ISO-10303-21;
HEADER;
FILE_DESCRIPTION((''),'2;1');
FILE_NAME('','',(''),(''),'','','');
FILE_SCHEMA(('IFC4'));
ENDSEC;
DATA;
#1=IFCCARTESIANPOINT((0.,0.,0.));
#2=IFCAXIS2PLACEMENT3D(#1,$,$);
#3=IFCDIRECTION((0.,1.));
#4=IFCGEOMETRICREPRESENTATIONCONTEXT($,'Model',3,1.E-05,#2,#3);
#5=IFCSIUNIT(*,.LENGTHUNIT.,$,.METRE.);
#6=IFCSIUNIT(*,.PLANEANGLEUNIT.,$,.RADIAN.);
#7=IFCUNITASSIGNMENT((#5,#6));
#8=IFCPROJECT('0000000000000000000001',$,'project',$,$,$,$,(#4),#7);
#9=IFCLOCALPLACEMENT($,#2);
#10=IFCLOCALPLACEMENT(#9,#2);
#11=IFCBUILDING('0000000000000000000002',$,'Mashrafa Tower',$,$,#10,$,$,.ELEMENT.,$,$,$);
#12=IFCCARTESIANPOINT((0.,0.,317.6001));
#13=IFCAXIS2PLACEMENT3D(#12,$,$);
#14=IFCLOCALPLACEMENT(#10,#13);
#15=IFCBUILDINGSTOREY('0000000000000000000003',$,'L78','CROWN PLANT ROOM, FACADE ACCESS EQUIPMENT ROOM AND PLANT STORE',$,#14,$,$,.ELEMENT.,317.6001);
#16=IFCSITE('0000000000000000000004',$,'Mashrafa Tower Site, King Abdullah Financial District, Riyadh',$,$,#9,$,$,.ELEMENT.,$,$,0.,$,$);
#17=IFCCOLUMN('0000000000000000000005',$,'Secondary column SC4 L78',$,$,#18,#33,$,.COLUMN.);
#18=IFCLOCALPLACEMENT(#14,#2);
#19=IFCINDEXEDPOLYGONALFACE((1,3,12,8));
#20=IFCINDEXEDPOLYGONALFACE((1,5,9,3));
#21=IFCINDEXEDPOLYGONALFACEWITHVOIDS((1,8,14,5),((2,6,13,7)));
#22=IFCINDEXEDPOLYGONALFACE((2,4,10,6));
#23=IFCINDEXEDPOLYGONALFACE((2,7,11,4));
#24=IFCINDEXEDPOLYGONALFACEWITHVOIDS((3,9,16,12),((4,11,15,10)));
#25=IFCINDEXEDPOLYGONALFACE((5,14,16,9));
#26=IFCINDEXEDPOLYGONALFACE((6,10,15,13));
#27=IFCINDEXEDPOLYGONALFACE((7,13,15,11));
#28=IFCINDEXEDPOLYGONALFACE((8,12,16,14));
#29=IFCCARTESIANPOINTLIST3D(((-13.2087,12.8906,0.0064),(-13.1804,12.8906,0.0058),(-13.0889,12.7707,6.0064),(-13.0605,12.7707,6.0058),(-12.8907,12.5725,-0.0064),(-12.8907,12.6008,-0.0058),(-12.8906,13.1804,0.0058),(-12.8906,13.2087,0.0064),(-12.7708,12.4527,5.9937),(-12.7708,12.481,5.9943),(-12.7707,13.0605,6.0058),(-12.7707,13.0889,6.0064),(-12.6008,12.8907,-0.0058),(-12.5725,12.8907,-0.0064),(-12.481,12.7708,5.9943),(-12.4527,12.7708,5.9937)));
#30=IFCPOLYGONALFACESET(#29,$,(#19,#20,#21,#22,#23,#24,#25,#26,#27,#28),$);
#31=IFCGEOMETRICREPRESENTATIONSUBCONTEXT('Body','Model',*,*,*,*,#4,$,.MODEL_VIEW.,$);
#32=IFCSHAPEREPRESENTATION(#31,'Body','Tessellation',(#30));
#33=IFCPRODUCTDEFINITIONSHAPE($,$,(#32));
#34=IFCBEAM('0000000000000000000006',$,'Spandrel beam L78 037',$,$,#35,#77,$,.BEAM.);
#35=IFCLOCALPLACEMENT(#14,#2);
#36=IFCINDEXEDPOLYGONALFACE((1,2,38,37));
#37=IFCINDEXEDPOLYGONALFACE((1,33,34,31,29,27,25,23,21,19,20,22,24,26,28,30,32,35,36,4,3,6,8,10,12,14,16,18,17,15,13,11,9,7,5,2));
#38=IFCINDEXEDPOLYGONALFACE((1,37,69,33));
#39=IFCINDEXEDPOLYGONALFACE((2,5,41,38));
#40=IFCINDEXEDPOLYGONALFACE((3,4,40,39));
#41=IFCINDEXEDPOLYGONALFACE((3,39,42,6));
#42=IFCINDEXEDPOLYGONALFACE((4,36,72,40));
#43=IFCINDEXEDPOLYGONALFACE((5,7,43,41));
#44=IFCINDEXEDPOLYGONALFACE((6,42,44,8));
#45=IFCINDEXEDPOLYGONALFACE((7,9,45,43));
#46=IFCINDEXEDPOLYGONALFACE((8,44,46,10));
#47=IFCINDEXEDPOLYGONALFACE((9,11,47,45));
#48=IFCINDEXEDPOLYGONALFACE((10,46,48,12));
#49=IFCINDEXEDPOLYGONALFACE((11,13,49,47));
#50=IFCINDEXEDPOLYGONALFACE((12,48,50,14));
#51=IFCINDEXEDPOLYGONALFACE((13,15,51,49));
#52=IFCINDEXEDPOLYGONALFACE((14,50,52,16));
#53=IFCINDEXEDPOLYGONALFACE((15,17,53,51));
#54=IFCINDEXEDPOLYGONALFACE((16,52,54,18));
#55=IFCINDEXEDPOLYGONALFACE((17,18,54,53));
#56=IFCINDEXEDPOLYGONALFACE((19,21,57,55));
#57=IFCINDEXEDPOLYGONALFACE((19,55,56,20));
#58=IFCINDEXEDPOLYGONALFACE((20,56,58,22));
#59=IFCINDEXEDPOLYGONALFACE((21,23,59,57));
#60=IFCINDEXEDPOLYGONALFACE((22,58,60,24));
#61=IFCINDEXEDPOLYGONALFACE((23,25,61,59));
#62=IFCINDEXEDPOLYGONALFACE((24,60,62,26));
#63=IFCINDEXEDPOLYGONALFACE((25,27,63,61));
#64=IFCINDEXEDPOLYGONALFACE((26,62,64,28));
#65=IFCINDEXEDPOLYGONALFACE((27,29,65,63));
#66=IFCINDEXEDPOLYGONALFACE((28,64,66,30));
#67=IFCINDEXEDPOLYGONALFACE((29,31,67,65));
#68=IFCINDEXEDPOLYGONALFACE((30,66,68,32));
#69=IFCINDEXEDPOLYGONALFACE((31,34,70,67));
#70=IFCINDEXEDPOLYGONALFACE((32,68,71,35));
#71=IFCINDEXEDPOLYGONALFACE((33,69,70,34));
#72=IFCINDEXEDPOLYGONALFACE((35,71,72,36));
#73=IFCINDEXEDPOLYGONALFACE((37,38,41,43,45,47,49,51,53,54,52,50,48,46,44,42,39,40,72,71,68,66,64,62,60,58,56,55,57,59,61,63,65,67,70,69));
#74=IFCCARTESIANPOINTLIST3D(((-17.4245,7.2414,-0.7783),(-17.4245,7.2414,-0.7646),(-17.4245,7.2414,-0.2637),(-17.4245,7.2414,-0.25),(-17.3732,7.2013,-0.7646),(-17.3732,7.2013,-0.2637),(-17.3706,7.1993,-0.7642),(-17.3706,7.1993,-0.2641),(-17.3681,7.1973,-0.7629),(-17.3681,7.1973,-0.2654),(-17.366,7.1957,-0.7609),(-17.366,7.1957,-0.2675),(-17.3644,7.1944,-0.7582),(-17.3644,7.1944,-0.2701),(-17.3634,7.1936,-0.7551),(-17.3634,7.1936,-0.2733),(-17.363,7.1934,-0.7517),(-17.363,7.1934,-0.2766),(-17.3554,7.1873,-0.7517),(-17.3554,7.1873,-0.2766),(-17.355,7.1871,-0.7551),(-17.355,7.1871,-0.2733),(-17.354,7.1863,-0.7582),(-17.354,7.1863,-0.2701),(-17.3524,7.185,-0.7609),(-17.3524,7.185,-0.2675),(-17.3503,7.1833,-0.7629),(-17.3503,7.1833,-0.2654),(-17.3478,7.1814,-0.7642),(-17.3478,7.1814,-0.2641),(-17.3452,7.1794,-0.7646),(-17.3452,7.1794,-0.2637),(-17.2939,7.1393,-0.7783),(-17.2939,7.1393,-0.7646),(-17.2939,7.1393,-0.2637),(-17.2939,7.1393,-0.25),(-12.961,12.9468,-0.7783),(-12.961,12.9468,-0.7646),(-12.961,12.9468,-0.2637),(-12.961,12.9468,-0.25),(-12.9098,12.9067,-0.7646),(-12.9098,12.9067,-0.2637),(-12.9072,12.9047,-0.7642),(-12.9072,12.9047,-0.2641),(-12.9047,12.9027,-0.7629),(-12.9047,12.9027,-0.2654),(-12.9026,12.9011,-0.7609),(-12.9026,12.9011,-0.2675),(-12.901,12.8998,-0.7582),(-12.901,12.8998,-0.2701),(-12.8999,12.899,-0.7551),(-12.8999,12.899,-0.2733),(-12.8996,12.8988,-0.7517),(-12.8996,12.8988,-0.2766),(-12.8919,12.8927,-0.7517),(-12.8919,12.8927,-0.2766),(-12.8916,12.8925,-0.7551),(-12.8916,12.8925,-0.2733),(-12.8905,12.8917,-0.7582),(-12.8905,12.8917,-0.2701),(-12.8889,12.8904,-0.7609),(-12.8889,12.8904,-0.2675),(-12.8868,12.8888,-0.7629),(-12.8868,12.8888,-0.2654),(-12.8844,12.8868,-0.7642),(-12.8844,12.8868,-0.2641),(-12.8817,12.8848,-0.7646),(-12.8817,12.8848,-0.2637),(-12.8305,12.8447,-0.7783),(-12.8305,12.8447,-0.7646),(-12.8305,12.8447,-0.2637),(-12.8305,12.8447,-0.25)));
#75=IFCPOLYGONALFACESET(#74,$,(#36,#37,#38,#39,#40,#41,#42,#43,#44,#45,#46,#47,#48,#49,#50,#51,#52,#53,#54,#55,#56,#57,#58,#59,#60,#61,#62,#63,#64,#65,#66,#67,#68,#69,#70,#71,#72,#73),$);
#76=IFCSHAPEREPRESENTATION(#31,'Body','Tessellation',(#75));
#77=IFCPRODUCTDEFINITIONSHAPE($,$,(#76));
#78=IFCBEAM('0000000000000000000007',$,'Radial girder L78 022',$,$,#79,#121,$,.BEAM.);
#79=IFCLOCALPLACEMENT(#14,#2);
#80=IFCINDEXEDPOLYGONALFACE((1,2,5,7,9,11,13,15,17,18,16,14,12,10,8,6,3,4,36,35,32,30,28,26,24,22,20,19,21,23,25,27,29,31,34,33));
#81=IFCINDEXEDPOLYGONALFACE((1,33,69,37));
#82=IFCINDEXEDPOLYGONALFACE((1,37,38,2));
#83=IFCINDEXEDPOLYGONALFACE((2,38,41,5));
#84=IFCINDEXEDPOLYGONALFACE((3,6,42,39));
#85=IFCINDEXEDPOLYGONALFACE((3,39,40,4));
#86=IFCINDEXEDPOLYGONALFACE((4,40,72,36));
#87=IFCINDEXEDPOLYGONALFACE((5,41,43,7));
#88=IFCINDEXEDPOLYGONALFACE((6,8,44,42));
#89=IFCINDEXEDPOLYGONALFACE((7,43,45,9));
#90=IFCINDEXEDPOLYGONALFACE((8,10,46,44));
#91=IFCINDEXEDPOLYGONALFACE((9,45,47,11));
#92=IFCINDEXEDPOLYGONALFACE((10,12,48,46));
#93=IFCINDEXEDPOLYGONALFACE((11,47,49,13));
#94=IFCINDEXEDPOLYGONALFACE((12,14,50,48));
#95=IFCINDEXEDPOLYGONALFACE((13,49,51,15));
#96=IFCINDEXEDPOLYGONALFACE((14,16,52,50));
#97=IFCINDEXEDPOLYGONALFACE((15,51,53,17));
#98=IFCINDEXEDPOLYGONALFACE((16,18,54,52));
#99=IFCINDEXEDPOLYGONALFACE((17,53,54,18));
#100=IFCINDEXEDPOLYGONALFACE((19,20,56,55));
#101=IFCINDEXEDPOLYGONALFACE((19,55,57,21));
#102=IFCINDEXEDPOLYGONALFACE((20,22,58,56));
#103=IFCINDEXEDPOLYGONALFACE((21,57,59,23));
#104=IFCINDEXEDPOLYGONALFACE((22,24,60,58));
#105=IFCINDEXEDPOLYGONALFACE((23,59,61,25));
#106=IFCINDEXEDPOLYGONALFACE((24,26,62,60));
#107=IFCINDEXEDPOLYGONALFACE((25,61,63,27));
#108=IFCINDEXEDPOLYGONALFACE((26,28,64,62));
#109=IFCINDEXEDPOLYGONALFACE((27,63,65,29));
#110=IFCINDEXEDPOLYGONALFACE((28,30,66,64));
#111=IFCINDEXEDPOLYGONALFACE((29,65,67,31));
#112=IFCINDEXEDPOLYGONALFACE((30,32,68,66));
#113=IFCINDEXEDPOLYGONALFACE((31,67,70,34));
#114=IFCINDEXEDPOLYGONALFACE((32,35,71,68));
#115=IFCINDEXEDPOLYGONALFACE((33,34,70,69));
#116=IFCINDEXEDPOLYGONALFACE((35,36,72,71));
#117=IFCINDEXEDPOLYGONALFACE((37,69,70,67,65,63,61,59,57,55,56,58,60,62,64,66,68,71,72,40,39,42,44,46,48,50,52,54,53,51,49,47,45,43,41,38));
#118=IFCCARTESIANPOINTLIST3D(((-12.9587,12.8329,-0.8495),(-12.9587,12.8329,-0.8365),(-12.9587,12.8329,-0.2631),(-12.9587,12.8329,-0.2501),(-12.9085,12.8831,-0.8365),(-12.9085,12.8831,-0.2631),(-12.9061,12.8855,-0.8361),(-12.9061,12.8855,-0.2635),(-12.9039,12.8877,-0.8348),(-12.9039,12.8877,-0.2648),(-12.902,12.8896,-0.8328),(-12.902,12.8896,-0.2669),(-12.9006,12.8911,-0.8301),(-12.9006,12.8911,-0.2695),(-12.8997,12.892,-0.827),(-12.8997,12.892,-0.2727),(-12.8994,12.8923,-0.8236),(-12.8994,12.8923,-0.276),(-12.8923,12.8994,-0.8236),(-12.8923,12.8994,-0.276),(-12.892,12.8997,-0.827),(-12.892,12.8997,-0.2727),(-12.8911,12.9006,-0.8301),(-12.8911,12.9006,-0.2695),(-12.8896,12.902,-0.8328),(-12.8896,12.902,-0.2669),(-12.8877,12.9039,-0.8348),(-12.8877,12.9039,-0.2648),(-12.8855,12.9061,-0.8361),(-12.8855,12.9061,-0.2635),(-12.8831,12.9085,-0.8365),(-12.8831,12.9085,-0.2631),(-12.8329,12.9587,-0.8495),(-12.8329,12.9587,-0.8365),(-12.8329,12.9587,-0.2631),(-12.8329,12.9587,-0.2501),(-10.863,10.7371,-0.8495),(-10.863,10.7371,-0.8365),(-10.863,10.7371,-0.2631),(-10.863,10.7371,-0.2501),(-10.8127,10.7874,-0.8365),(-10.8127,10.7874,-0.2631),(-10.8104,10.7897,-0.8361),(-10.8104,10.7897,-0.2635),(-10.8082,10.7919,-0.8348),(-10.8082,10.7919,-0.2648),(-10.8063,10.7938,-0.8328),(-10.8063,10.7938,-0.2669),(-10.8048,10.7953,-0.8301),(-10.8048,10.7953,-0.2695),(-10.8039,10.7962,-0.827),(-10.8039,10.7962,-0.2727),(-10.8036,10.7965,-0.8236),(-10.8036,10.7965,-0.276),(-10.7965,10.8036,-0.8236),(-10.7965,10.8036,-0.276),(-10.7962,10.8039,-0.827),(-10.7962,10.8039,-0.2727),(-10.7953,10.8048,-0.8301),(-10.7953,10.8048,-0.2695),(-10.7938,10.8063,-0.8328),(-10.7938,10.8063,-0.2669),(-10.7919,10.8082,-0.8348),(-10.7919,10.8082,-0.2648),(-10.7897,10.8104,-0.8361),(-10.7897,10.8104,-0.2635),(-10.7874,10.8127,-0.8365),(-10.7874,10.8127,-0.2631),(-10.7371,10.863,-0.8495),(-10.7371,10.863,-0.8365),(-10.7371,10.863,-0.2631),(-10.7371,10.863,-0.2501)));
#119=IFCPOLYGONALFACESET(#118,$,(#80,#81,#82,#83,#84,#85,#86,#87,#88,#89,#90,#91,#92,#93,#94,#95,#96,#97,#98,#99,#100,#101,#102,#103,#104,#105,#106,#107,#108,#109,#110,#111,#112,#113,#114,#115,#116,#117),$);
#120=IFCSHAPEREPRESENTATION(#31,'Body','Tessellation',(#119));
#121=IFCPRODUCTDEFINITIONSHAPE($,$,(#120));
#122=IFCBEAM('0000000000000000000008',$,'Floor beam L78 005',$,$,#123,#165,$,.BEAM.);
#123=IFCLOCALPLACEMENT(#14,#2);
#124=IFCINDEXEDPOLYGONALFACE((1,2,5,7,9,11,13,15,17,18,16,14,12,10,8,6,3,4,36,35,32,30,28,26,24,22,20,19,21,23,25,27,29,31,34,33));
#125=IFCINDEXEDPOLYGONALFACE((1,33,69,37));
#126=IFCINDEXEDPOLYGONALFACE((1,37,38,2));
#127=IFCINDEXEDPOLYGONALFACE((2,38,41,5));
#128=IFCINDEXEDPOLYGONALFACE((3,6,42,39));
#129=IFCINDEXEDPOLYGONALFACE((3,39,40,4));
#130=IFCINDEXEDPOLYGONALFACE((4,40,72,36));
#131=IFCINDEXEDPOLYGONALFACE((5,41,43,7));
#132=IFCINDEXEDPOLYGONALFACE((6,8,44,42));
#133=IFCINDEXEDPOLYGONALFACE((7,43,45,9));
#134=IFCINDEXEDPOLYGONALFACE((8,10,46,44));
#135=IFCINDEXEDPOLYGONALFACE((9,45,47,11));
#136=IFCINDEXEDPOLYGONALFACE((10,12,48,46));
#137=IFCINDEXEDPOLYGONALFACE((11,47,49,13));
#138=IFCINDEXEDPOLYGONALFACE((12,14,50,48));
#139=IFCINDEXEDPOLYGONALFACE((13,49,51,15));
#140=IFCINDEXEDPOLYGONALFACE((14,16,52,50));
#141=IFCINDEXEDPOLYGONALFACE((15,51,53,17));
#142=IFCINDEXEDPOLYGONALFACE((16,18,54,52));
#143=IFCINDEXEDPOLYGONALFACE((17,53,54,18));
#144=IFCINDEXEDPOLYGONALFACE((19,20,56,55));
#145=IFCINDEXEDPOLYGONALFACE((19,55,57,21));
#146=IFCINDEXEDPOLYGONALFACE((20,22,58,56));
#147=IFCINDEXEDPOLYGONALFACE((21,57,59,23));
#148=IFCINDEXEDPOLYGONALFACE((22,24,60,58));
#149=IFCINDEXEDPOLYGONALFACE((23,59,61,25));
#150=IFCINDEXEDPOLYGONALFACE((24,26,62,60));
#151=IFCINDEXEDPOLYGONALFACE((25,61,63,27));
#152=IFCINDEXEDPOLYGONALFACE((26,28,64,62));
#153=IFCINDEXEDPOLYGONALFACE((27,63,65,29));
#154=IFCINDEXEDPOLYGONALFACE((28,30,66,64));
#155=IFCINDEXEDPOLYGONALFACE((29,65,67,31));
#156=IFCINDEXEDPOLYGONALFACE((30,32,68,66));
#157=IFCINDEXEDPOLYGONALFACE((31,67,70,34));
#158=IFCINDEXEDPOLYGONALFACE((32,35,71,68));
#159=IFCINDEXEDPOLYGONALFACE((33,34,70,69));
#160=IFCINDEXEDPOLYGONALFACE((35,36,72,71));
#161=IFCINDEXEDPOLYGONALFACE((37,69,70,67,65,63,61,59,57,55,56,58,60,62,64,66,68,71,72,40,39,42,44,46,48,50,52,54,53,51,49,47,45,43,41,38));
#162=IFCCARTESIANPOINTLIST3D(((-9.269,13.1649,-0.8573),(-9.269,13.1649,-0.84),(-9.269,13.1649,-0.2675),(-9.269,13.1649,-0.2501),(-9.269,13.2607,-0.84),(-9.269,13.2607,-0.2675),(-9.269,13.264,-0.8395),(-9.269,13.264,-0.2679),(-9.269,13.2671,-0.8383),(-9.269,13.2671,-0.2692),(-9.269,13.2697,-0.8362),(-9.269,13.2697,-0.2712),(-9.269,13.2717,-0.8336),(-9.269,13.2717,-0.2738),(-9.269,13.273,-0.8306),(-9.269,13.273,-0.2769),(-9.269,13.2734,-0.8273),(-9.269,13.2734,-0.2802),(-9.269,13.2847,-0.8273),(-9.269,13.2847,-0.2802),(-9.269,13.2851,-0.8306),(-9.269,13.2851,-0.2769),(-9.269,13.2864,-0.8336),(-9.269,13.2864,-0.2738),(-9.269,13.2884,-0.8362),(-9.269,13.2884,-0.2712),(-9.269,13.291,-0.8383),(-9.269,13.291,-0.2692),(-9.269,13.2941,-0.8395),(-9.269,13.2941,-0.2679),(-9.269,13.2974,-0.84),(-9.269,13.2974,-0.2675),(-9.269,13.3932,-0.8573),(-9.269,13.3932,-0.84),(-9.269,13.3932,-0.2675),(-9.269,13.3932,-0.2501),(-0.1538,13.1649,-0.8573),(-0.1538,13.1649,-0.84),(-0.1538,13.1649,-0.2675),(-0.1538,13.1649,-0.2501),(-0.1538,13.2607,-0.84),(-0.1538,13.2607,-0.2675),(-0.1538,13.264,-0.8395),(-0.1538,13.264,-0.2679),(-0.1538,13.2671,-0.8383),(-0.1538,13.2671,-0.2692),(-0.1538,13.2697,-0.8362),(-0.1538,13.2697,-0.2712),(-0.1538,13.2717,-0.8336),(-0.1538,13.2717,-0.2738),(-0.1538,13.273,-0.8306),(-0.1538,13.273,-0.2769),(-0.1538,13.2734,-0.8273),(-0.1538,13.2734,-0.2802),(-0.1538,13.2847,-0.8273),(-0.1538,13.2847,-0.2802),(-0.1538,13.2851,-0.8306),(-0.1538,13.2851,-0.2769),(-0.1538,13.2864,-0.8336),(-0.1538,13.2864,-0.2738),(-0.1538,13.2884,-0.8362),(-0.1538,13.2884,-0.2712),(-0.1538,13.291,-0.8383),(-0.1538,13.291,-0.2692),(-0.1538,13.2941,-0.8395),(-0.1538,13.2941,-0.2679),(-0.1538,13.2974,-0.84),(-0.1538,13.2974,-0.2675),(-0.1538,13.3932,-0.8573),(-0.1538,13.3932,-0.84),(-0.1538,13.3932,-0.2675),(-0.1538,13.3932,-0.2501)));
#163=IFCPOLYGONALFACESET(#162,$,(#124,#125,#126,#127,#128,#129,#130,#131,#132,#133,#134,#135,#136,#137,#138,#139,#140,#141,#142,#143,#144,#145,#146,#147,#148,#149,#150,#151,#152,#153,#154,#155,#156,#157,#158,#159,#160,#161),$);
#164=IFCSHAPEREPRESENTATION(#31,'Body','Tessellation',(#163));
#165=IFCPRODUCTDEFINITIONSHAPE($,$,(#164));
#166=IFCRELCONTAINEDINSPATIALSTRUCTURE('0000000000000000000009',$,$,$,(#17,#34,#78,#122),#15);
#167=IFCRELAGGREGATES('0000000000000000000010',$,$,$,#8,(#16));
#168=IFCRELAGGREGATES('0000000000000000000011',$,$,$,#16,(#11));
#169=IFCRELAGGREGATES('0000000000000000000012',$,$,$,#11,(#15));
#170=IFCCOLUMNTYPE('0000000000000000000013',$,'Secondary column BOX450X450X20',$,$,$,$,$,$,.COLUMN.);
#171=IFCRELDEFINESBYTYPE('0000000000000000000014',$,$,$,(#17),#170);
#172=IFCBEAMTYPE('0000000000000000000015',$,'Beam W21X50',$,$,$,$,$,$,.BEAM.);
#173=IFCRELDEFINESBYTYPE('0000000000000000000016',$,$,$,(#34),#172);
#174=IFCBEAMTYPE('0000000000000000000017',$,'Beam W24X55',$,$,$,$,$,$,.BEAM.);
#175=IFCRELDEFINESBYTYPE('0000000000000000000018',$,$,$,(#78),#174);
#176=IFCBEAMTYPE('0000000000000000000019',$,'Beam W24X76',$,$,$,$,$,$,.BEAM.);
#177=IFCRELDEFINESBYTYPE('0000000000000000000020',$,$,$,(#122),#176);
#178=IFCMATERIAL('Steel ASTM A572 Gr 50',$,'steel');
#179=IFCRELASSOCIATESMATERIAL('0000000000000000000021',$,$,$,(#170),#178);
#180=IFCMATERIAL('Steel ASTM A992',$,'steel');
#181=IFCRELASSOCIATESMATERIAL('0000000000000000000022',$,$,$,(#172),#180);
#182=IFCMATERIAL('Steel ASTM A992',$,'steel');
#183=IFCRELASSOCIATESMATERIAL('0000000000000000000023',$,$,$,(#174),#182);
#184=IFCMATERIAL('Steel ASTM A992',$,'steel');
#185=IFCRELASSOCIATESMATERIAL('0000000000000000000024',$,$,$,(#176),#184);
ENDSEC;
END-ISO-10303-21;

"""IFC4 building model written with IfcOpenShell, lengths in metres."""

from ifc_helpers import new_model, si_unit, direction, frame, origin, origin_2d, place, context, subcontext, project, spatial, hollow_rectangle, i_section, extrude, material, material_profile, profile_set, type_object, element, save


model = new_model("IFC4")

# Units and contexts
model_context = context("Model", 3, precision=1e-05, world=origin(), true_north=direction((0.0, 1.0)))
body_context = subcontext(model_context, "Body", "Model", "MODEL_VIEW")
ifc_project = project(units=[si_unit("LENGTHUNIT", "METRE"), si_unit("PLANEANGLEUNIT", "RADIAN")], contexts=[model_context])

# Site, building, storey
site_placement = place(None, origin())
site = spatial("IfcSite", under=ifc_project, at=site_placement, Name="Mashrafa Tower Site, King Abdullah Financial District, Riyadh", CompositionType="ELEMENT", RefElevation=0.0)
building_placement = place(site_placement, origin())
building = spatial("IfcBuilding", under=site, at=building_placement, Name="Mashrafa Tower", CompositionType="ELEMENT")
storey_placement = place(building_placement, frame((0.0, 0.0, 317.6001)))
storey = spatial("IfcBuildingStorey", under=building, at=storey_placement, Name="L78", Description="CROWN PLANT ROOM, FACADE ACCESS EQUIPMENT ROOM AND PLANT STORE", CompositionType="ELEMENT", Elevation=317.6001)

# Column
ifc_material_1 = material(Name="Steel ASTM A572 Gr 50", Category="steel")
ifc_material_profile_1 = material_profile(ifc_material_1, hollow_rectangle(XDim=0.45, YDim=0.45, WallThickness=0.02, at=origin_2d()), Name="BOX450X450X20")
ifc_profile_set_1 = profile_set([ifc_material_profile_1], Name="Steel ASTM A572 Gr 50")
column_type = type_object("IfcColumnType", Name="Secondary column BOX450X450X20", PredefinedType="COLUMN", material=ifc_profile_set_1)
column_placement = place(storey_placement, frame((-12.8906, 12.8906, 0.0), z_axis=(0.019971, -0.019971, 0.999601), x_axis=(0.707107, 0.707107, 0.0)))
element("IfcColumn", 1, at=column_placement, inside=storey, type_object=column_type, Name="Secondary column SC4 L78", PredefinedType="COLUMN", context=body_context, shape_type="SweptSolid", body=[
    extrude(hollow_rectangle(XDim=0.45, YDim=0.45, WallThickness=0.02, at=origin_2d()), origin(), (0.0, 0.0, 1.0), 6.0024),
])

# Beams
ifc_material_2 = material(Name="Steel ASTM A992", Category="steel")
ifc_material_profile_2 = material_profile(ifc_material_2, i_section(OverallWidth=0.1658, OverallDepth=0.5283, WebThickness=0.0098, FlangeThickness=0.0137, FilletRadius=0.0129, at=origin_2d()), Name="W21X50")
ifc_profile_set_2 = profile_set([ifc_material_profile_2], Name="Steel ASTM A992")
beam_type_1 = type_object("IfcBeamType", Name="Beam W21X50", PredefinedType="BEAM", material=ifc_profile_set_2)
beam_1_placement = place(storey_placement, frame((-12.8958, 12.8958, -0.5142), z_axis=(-0.616166, -0.787616, 0.0), x_axis=(0.787616, -0.616166, 0.0)))
element("IfcBeam", 2, at=beam_1_placement, inside=storey, type_object=beam_type_1, Name="Spandrel beam L78 037", PredefinedType="BEAM", context=body_context, shape_type="SweptSolid", body=[
    extrude(i_section(OverallWidth=0.1658, OverallDepth=0.5283, WebThickness=0.0098, FlangeThickness=0.0137, FilletRadius=0.0129, at=origin_2d()), origin(), (0.0, 0.0, 1.0), 7.2439),
])
ifc_material_3 = material(Name="Steel ASTM A992", Category="steel")
ifc_material_profile_3 = material_profile(ifc_material_3, i_section(OverallWidth=0.178, OverallDepth=0.5994, WebThickness=0.01, FlangeThickness=0.0129, FilletRadius=0.0129, at=origin_2d()), Name="W24X55")
ifc_profile_set_3 = profile_set([ifc_material_profile_3], Name="Steel ASTM A992")
beam_type_2 = type_object("IfcBeamType", Name="Beam W24X55", PredefinedType="BEAM", material=ifc_profile_set_3)
beam_2_placement = place(storey_placement, frame((-10.8, 10.8, -0.5498), z_axis=(-0.707107, 0.707107, 0.0), x_axis=(-0.707107, -0.707107, 0.0)))
element("IfcBeam", 3, at=beam_2_placement, inside=storey, type_object=beam_type_2, Name="Radial girder L78 022", PredefinedType="BEAM", context=body_context, shape_type="SweptSolid", body=[
    extrude(i_section(OverallWidth=0.178, OverallDepth=0.5994, WebThickness=0.01, FlangeThickness=0.0129, FilletRadius=0.0129, at=origin_2d()), origin(), (0.0, 0.0, 1.0), 2.9639),
])
ifc_material_4 = material(Name="Steel ASTM A992", Category="steel")
ifc_material_profile_4 = material_profile(ifc_material_4, i_section(OverallWidth=0.2283, OverallDepth=0.6072, WebThickness=0.0112, FlangeThickness=0.0173, FilletRadius=0.0127, at=origin_2d()), Name="W24X76")
ifc_profile_set_4 = profile_set([ifc_material_profile_4], Name="Steel ASTM A992")
beam_type_3 = type_object("IfcBeamType", Name="Beam W24X76", PredefinedType="BEAM", material=ifc_profile_set_4)
beam_3_placement = place(storey_placement, frame((-9.269, 13.2791, -0.5537), z_axis=(1.0, 0.0, 0.0), x_axis=(0.0, 1.0, 0.0)))
element("IfcBeam", 4, at=beam_3_placement, inside=storey, type_object=beam_type_3, Name="Floor beam L78 005", PredefinedType="BEAM", context=body_context, shape_type="SweptSolid", body=[
    extrude(i_section(OverallWidth=0.2283, OverallDepth=0.6072, WebThickness=0.0112, FlangeThickness=0.0173, FilletRadius=0.0127, at=origin_2d()), origin(), (0.0, 0.0, 1.0), 9.1152),
])

save(model, "model.ifc")
